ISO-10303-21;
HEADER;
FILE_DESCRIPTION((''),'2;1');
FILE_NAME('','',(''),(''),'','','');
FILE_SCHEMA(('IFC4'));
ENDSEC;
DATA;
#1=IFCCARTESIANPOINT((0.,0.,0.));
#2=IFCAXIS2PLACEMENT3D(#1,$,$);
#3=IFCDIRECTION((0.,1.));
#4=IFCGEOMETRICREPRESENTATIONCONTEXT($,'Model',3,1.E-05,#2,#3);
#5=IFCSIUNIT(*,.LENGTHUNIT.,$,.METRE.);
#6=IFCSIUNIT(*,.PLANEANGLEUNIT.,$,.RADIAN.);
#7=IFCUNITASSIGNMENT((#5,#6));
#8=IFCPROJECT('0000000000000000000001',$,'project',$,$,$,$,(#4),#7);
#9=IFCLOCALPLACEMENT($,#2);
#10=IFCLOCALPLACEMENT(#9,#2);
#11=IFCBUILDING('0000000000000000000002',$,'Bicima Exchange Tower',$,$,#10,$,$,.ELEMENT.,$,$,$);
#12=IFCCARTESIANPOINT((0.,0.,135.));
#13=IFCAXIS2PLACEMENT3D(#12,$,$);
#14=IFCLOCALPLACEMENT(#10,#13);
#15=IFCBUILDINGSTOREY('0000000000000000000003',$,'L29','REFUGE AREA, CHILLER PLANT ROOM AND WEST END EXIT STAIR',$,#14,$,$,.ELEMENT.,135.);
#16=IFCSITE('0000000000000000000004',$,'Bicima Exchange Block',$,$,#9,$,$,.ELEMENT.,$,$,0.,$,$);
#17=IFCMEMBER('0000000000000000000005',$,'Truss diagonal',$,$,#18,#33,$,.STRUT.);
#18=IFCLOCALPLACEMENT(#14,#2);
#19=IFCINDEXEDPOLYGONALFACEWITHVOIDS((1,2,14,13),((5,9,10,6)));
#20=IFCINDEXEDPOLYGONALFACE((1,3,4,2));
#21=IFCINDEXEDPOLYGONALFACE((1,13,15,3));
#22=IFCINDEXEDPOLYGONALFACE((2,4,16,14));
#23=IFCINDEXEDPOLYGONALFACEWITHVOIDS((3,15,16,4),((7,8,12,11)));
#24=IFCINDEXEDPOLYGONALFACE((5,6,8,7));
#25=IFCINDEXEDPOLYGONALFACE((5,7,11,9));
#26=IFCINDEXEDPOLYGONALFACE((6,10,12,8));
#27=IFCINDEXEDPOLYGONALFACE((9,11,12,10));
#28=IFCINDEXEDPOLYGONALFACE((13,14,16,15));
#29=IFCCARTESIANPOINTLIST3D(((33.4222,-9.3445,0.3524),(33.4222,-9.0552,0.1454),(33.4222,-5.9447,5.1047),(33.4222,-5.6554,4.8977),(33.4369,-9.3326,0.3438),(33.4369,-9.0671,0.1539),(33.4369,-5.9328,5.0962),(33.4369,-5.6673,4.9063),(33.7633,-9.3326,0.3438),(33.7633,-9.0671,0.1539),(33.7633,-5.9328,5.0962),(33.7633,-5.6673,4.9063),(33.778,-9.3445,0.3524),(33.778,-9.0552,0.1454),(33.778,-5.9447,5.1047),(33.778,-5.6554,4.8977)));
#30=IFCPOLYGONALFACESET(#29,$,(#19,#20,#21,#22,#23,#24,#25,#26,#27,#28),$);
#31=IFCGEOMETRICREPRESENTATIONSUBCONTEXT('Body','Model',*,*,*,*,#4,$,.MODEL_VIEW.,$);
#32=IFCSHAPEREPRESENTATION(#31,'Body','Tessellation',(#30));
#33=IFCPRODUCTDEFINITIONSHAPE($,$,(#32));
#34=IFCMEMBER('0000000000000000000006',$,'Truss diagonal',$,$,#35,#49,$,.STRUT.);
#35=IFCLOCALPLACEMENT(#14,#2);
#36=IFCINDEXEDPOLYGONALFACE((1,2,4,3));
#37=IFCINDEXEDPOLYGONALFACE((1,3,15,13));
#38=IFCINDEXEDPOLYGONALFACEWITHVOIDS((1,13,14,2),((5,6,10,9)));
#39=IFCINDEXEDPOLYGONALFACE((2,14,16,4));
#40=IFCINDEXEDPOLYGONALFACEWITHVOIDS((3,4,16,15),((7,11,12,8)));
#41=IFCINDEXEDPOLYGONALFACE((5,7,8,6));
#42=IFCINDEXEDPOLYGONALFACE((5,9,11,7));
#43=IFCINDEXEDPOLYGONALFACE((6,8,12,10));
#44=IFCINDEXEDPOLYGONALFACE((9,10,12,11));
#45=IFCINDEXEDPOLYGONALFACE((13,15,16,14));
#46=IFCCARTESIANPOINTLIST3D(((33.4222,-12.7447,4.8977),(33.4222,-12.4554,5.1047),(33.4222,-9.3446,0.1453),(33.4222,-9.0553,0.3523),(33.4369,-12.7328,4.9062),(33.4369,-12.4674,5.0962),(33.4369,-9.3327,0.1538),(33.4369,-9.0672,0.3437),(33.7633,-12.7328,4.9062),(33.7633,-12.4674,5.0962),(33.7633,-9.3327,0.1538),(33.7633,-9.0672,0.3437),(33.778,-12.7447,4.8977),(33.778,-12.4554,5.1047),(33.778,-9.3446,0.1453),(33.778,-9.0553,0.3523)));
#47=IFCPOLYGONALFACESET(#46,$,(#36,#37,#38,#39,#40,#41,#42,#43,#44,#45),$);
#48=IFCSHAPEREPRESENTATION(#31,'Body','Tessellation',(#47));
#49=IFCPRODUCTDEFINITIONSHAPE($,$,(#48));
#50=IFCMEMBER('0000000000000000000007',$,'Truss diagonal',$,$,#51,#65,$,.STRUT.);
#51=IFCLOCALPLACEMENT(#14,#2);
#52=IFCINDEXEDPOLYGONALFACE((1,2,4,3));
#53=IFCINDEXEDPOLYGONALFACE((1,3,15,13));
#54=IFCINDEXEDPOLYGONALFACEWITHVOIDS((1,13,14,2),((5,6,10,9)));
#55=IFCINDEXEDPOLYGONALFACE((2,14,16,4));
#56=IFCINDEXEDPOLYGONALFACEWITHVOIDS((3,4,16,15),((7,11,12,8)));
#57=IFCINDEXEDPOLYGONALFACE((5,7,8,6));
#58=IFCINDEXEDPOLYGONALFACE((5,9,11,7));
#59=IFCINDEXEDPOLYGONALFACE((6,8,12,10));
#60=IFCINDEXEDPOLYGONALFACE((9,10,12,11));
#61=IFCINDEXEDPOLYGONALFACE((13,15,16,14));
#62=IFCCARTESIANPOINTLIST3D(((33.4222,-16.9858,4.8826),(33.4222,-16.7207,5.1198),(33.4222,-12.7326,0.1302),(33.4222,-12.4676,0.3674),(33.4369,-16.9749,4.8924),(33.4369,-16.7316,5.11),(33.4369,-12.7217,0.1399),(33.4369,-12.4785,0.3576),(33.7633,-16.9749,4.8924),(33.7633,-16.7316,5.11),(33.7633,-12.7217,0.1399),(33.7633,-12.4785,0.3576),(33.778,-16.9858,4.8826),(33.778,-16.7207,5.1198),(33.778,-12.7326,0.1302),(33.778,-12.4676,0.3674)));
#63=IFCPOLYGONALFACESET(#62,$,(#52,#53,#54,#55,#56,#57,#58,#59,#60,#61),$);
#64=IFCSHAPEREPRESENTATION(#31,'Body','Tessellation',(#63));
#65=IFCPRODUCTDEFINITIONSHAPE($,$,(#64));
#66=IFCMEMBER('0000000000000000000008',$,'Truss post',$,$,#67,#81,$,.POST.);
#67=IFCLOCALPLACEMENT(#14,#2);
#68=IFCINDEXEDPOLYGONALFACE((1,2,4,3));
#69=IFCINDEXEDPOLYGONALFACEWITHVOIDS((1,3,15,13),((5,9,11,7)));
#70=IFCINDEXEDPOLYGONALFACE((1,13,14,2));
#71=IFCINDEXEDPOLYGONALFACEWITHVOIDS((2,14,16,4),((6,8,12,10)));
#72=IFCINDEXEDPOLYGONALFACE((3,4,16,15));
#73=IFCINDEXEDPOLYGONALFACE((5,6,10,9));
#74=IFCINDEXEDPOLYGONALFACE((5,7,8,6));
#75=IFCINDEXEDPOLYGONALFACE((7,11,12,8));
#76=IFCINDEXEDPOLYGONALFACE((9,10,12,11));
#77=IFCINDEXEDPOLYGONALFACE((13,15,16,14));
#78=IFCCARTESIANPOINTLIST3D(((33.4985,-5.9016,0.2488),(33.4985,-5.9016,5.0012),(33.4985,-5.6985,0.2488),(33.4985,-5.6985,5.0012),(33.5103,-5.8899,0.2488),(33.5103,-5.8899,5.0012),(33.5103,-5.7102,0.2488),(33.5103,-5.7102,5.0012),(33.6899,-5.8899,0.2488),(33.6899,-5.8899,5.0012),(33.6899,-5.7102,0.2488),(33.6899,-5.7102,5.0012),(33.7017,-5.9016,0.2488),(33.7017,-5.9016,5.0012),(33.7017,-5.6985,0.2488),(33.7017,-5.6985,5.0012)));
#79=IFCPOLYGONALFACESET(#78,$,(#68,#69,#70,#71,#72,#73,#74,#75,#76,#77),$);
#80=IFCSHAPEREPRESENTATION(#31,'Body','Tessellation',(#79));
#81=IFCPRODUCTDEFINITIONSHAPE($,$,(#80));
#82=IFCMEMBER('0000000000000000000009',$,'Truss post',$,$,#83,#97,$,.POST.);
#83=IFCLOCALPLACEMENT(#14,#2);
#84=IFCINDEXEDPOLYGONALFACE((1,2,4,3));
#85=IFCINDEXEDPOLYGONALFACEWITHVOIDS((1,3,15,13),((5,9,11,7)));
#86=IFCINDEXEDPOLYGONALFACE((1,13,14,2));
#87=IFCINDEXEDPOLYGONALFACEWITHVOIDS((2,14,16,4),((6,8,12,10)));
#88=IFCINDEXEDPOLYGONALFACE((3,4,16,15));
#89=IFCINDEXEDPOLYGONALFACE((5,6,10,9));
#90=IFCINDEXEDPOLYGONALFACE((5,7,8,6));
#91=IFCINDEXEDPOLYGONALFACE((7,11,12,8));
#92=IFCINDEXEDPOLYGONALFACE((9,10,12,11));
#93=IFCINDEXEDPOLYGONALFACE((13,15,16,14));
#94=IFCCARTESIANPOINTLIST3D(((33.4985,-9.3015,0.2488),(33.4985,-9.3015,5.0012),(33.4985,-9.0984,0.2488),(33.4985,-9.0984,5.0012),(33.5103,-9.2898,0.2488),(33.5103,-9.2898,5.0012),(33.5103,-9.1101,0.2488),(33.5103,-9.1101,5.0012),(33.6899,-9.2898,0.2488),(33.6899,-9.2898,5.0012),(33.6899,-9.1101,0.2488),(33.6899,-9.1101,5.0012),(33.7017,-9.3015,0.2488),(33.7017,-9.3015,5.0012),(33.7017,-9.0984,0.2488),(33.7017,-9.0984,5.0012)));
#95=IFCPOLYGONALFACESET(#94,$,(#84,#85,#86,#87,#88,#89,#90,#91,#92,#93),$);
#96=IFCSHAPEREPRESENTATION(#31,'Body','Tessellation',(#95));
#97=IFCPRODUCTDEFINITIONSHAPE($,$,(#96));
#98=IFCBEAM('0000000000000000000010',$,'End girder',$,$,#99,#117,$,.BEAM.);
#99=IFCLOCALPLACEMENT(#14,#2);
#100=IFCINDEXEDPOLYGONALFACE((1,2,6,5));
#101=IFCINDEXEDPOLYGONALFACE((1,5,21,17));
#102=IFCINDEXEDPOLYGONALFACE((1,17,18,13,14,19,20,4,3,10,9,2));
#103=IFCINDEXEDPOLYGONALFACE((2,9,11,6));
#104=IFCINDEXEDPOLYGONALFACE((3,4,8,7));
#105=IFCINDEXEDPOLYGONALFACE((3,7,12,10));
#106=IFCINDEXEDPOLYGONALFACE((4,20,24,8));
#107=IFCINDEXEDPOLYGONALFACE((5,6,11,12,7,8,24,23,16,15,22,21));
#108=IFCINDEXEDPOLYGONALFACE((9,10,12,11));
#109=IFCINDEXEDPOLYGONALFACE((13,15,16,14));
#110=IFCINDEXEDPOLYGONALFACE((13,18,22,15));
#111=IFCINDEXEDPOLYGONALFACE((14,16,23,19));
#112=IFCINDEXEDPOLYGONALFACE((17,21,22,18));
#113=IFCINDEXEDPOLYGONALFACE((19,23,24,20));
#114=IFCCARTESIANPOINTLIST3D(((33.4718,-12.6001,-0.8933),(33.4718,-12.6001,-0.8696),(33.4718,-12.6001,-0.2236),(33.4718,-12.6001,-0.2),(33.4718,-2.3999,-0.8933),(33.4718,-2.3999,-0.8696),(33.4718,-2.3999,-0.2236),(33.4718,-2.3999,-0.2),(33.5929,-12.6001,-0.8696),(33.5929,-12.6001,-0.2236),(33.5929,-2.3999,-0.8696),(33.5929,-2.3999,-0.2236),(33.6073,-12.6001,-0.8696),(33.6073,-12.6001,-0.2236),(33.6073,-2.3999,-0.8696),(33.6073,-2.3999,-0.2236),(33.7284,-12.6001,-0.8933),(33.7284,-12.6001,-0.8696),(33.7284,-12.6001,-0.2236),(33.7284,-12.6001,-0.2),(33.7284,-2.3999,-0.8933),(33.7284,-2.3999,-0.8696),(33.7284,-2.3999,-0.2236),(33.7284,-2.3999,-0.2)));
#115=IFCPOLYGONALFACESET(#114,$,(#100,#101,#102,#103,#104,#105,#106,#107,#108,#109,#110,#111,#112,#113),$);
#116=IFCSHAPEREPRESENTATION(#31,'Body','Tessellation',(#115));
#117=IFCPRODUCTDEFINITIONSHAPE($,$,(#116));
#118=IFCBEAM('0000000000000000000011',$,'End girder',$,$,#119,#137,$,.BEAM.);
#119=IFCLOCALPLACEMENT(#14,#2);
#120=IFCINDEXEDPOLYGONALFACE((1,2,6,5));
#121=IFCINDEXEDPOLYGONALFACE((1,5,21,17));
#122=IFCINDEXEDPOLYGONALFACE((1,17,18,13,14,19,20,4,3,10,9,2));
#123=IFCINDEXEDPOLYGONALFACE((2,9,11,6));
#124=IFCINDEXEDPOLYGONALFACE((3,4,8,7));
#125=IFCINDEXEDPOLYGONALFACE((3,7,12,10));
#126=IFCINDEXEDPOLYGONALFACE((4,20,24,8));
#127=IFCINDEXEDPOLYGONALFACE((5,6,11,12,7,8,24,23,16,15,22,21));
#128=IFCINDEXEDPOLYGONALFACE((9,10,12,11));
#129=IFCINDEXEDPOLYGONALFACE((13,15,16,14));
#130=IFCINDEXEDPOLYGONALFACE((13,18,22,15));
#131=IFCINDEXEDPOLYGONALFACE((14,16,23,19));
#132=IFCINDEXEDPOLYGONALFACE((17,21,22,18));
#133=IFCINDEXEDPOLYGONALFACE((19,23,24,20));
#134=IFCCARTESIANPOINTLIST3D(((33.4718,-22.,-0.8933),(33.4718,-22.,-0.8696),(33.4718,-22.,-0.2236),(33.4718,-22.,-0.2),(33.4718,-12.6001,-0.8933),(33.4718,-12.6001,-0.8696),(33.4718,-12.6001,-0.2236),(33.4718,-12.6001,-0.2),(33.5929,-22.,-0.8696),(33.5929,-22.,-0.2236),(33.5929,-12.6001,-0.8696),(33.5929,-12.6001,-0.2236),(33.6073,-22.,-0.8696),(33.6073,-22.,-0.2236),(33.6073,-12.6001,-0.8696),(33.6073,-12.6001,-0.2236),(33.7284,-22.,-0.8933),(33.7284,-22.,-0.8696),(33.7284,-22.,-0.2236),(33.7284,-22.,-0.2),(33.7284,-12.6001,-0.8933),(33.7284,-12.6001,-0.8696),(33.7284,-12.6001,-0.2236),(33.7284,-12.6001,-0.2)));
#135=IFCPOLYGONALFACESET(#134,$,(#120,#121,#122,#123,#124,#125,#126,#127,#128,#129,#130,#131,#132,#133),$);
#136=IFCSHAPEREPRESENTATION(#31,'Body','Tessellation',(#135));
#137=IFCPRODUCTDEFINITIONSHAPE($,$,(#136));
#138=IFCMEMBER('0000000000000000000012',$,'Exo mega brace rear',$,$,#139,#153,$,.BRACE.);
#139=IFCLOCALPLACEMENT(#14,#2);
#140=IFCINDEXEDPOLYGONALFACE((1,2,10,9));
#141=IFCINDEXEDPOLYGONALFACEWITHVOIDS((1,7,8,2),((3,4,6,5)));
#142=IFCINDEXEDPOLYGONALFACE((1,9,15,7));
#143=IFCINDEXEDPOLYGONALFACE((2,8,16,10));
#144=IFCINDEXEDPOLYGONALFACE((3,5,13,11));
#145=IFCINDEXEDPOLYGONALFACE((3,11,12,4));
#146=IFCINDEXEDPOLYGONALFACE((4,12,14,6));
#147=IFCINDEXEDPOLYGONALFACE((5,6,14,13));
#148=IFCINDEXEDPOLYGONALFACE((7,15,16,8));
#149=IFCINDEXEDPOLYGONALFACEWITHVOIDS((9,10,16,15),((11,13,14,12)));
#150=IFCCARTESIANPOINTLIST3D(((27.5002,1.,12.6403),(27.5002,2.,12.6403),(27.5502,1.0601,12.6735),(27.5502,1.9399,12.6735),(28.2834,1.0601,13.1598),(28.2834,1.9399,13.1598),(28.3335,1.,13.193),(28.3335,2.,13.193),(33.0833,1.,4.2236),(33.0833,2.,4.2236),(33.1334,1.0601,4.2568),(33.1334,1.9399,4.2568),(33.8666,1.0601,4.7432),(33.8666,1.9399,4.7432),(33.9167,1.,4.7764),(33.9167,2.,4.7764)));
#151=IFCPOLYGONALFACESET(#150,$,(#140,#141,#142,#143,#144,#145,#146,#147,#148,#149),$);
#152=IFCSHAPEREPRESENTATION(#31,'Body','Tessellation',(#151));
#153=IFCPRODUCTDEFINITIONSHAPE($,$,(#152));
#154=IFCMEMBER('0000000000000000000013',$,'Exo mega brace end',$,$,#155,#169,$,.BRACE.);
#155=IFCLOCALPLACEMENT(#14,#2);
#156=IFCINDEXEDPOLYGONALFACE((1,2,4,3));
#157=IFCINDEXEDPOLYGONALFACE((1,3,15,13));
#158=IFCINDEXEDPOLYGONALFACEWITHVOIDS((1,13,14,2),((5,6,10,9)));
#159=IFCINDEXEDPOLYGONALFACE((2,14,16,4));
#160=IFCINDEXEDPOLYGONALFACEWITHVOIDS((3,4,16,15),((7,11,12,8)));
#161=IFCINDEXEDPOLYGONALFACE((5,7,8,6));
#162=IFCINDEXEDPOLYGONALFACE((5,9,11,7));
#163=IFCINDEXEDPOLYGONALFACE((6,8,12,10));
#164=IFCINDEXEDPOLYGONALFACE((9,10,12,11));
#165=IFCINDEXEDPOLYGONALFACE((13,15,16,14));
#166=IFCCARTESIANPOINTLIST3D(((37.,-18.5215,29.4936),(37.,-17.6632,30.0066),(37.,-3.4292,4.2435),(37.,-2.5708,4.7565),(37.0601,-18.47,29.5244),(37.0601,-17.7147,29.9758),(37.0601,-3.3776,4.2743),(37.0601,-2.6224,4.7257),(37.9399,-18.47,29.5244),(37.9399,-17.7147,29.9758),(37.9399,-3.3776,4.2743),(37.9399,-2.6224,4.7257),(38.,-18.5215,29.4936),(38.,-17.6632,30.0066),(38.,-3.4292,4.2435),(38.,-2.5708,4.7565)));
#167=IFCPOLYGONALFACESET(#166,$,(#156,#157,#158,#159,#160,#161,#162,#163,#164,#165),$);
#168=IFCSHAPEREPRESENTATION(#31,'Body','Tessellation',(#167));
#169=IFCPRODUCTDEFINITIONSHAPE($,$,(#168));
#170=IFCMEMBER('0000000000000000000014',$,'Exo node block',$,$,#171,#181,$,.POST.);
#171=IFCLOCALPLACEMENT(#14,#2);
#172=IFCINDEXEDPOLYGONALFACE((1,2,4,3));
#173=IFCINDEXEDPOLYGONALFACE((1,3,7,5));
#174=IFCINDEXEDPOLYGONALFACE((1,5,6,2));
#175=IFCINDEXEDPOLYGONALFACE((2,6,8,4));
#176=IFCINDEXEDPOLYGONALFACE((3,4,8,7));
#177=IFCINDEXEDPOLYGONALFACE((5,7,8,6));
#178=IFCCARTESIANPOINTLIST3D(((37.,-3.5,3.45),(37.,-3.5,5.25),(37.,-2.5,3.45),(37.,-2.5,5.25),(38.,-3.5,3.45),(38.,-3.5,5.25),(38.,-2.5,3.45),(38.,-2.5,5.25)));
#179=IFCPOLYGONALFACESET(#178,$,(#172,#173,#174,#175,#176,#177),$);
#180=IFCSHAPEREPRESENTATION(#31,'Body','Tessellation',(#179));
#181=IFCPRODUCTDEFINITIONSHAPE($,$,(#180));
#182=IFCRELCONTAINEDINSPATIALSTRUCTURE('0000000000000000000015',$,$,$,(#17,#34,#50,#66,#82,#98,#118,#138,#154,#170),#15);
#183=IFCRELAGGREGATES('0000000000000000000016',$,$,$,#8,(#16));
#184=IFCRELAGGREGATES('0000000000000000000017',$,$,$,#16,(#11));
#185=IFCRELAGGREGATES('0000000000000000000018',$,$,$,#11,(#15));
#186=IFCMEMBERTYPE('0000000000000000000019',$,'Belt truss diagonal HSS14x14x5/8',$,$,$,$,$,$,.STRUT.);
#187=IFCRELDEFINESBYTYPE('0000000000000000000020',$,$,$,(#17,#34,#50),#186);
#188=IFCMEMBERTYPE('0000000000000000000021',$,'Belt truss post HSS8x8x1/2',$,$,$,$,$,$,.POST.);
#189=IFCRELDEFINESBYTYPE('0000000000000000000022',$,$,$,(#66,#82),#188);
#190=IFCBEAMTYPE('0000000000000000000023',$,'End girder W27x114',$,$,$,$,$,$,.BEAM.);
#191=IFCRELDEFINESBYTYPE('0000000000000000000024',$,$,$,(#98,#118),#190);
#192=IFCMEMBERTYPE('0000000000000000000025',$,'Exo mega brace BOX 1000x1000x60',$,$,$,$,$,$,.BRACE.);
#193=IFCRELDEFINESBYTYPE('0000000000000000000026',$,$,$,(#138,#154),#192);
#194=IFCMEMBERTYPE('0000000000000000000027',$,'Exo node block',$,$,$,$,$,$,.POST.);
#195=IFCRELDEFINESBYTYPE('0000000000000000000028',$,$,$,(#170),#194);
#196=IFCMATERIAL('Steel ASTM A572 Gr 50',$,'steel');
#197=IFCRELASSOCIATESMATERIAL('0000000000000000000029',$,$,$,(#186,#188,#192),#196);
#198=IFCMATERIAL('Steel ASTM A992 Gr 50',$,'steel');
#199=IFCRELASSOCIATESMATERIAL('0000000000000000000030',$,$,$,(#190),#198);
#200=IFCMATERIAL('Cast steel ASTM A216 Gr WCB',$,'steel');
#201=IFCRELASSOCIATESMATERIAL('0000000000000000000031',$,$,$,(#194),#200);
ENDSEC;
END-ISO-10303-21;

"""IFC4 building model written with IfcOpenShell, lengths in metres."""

from ifc_helpers import new_model, si_unit, direction, frame, origin, origin_2d, place, context, subcontext, project, spatial, rectangle, hollow_rectangle, i_section, extrude, material, material_profile, profile_set, type_object, element, save


model = new_model("IFC4")

# Units and contexts
model_context = context("Model", 3, precision=1e-05, world=origin(), true_north=direction((0.0, 1.0)))
body_context = subcontext(model_context, "Body", "Model", "MODEL_VIEW")
ifc_project = project(units=[si_unit("LENGTHUNIT", "METRE"), si_unit("PLANEANGLEUNIT", "RADIAN")], contexts=[model_context])

# Site, building, storey
site_placement = place(None, origin())
site = spatial("IfcSite", under=ifc_project, at=site_placement, Name="Bicima Exchange Block", CompositionType="ELEMENT", RefElevation=0.0)
building_placement = place(site_placement, origin())
building = spatial("IfcBuilding", under=site, at=building_placement, Name="Bicima Exchange Tower", CompositionType="ELEMENT")
storey_placement = place(building_placement, frame((0.0, 0.0, 135.0)))
storey = spatial("IfcBuildingStorey", under=building, at=storey_placement, Name="L29", Description="REFUGE AREA, CHILLER PLANT ROOM AND WEST END EXIT STAIR", CompositionType="ELEMENT", Elevation=135.0)

# Shared definitions
ifc_material_1 = material(Name="Steel ASTM A992 Gr 50", Category="steel")

# Shared definitions
ifc_material_2 = material(Name="Steel ASTM A572 Gr 50", Category="steel")

# Members
ifc_material_profile_1 = material_profile(ifc_material_2, hollow_rectangle(XDim=0.3557, YDim=0.3557, WallThickness=0.0146, at=origin_2d()))
ifc_profile_set_1 = profile_set([ifc_material_profile_1], Name="Steel ASTM A572 Gr 50")
member_type_1 = type_object("IfcMemberType", Name="Belt truss diagonal HSS14x14x5/8", PredefinedType="STRUT", material=ifc_profile_set_1)
member_1_placement = place(storey_placement, frame((33.6001, -5.8, 5.0012), z_axis=(0.0, -0.581839, -0.813304), x_axis=(1.0, 0.0, 0.0)))
element("IfcMember", 1, at=member_1_placement, inside=storey, type_object=member_type_1, Name="Truss diagonal", PredefinedType="STRUT", context=body_context, shape_type="SweptSolid", body=[
    extrude(hollow_rectangle(XDim=0.3557, YDim=0.3557, WallThickness=0.0146, at=origin_2d()), origin(), (0.0, 0.0, 1.0), 5.8433),
])
member_2_placement = place(storey_placement, frame((33.6001, -9.2, 0.2488), z_axis=(0.0, -0.581866, 0.813284), x_axis=(1.0, 0.0, 0.0)))
element("IfcMember", 2, at=member_2_placement, inside=storey, type_object=member_type_1, Name="Truss diagonal", PredefinedType="STRUT", context=body_context, shape_type="SweptSolid", body=[
    extrude(hollow_rectangle(XDim=0.3557, YDim=0.3557, WallThickness=0.0146, at=origin_2d()), origin(), (0.0, 0.0, 1.0), 5.8435),
])
member_3_placement = place(storey_placement, frame((33.6001, -12.6001, 0.2488), z_axis=(0.0, -0.666881, 0.745164), x_axis=(1.0, 0.0, 0.0)))
element("IfcMember", 3, at=member_3_placement, inside=storey, type_object=member_type_1, Name="Truss diagonal", PredefinedType="STRUT", context=body_context, shape_type="SweptSolid", body=[
    extrude(hollow_rectangle(XDim=0.3557, YDim=0.3557, WallThickness=0.0146, at=origin_2d()), origin(), (0.0, 0.0, 1.0), 6.3777),
])
ifc_material_profile_2 = material_profile(ifc_material_2, hollow_rectangle(XDim=0.2031, YDim=0.2031, WallThickness=0.0117, at=origin_2d()))
ifc_profile_set_2 = profile_set([ifc_material_profile_2], Name="Steel ASTM A572 Gr 50")
member_type_2 = type_object("IfcMemberType", Name="Belt truss post HSS8x8x1/2", PredefinedType="POST", material=ifc_profile_set_2)
for number, where, z_axis, x_axis, name in (
    (4, (33.6001, -5.8, 0.2488), (0.0, 0.0, 1.0), (1.0, 0.0, 0.0), "Truss post"),
    (5, (33.6001, -9.2, 0.2488), (0.0, 0.0, 1.0), (1.0, 0.0, 0.0), "Truss post"),
):
    element("IfcMember", number, at=place(storey_placement, frame(where, z_axis=z_axis, x_axis=x_axis)), inside=storey, type_object=member_type_2, Name=name, PredefinedType="POST", context=body_context, shape_type="SweptSolid", body=[
        extrude(hollow_rectangle(XDim=0.2031, YDim=0.2031, WallThickness=0.0117, at=origin_2d()), origin(), (0.0, 0.0, 1.0), 4.7524),
    ])

# Beams
ifc_material_profile_3 = material_profile(ifc_material_1, i_section(OverallWidth=0.2566, OverallDepth=0.6934, WebThickness=0.0144, FlangeThickness=0.0237, at=origin_2d()))
ifc_profile_set_3 = profile_set([ifc_material_profile_3], Name="Steel ASTM A992 Gr 50")
beam_type_1 = type_object("IfcBeamType", Name="End girder W27x114", PredefinedType="BEAM", material=ifc_profile_set_3)
beam_1_placement = place(storey_placement, frame((33.6001, -2.3999, -0.5466), z_axis=(0.0, -1.0, 0.0), x_axis=(1.0, 0.0, 0.0)))
element("IfcBeam", 6, at=beam_1_placement, inside=storey, type_object=beam_type_1, Name="End girder", PredefinedType="BEAM", context=body_context, shape_type="SweptSolid", body=[
    extrude(i_section(OverallWidth=0.2566, OverallDepth=0.6934, WebThickness=0.0144, FlangeThickness=0.0237, at=origin_2d()), origin(), (0.0, 0.0, 1.0), 10.2002),
])
beam_2_placement = place(storey_placement, frame((33.6001, -12.6001, -0.5466), z_axis=(0.0, -1.0, 0.0), x_axis=(1.0, 0.0, 0.0)))
element("IfcBeam", 7, at=beam_2_placement, inside=storey, type_object=beam_type_1, Name="End girder", PredefinedType="BEAM", context=body_context, shape_type="SweptSolid", body=[
    extrude(i_section(OverallWidth=0.2566, OverallDepth=0.6934, WebThickness=0.0144, FlangeThickness=0.0237, at=origin_2d()), origin(), (0.0, 0.0, 1.0), 9.3999),
])

# Members
ifc_material_profile_4 = material_profile(ifc_material_2, hollow_rectangle(XDim=1.0, YDim=1.0, WallThickness=0.0601, at=origin_2d()))
ifc_profile_set_4 = profile_set([ifc_material_profile_4], Name="Steel ASTM A572 Gr 50")
member_type_3 = type_object("IfcMemberType", Name="Exo mega brace BOX 1000x1000x60", PredefinedType="BRACE", material=ifc_profile_set_4)
member_4_placement = place(storey_placement, frame((33.5, 1.5, 4.5), z_axis=(-0.552785, 0.0, 0.833324), x_axis=(0.0, -1.0, 0.0)))
element("IfcMember", 8, at=member_4_placement, inside=storey, type_object=member_type_3, Name="Exo mega brace rear", PredefinedType="BRACE", context=body_context, shape_type="SweptSolid", body=[
    extrude(hollow_rectangle(XDim=1.0, YDim=1.0, WallThickness=0.0601, at=origin_2d()), origin(), (0.0, 0.0, 1.0), 10.1001),
])
member_5_placement = place(storey_placement, frame((37.5, -3.0, 4.5), z_axis=(0.0, -0.513052, 0.858357), x_axis=(1.0, 0.0, 0.0)))
element("IfcMember", 9, at=member_5_placement, inside=storey, type_object=member_type_3, Name="Exo mega brace end", PredefinedType="BRACE", context=body_context, shape_type="SweptSolid", body=[
    extrude(hollow_rectangle(XDim=1.0, YDim=1.0, WallThickness=0.0601, at=origin_2d()), origin(), (0.0, 0.0, 1.0), 29.4167),
])
ifc_material_3 = material(Name="Cast steel ASTM A216 Gr WCB", Category="steel")
ifc_material_profile_5 = material_profile(ifc_material_3, rectangle(XDim=1.0, YDim=1.0, at=origin_2d()))
ifc_profile_set_5 = profile_set([ifc_material_profile_5], Name="Cast steel ASTM A216 Gr WCB")
member_type_4 = type_object("IfcMemberType", Name="Exo node block", PredefinedType="POST", material=ifc_profile_set_5)
for number, where, z_axis, x_axis, name in (
    (10, (37.5, -3.0, 3.45), (0.0, 0.0, 1.0), (1.0, 0.0, 0.0), "Exo node block"),
):
    element("IfcMember", number, at=place(storey_placement, frame(where, z_axis=z_axis, x_axis=x_axis)), inside=storey, type_object=member_type_4, Name=name, PredefinedType="POST", context=body_context, shape_type="SweptSolid", body=[
        extrude(rectangle(XDim=1.0, YDim=1.0, at=origin_2d()), origin(), (0.0, 0.0, 1.0), 1.8),
    ])

save(model, "model.ifc")
